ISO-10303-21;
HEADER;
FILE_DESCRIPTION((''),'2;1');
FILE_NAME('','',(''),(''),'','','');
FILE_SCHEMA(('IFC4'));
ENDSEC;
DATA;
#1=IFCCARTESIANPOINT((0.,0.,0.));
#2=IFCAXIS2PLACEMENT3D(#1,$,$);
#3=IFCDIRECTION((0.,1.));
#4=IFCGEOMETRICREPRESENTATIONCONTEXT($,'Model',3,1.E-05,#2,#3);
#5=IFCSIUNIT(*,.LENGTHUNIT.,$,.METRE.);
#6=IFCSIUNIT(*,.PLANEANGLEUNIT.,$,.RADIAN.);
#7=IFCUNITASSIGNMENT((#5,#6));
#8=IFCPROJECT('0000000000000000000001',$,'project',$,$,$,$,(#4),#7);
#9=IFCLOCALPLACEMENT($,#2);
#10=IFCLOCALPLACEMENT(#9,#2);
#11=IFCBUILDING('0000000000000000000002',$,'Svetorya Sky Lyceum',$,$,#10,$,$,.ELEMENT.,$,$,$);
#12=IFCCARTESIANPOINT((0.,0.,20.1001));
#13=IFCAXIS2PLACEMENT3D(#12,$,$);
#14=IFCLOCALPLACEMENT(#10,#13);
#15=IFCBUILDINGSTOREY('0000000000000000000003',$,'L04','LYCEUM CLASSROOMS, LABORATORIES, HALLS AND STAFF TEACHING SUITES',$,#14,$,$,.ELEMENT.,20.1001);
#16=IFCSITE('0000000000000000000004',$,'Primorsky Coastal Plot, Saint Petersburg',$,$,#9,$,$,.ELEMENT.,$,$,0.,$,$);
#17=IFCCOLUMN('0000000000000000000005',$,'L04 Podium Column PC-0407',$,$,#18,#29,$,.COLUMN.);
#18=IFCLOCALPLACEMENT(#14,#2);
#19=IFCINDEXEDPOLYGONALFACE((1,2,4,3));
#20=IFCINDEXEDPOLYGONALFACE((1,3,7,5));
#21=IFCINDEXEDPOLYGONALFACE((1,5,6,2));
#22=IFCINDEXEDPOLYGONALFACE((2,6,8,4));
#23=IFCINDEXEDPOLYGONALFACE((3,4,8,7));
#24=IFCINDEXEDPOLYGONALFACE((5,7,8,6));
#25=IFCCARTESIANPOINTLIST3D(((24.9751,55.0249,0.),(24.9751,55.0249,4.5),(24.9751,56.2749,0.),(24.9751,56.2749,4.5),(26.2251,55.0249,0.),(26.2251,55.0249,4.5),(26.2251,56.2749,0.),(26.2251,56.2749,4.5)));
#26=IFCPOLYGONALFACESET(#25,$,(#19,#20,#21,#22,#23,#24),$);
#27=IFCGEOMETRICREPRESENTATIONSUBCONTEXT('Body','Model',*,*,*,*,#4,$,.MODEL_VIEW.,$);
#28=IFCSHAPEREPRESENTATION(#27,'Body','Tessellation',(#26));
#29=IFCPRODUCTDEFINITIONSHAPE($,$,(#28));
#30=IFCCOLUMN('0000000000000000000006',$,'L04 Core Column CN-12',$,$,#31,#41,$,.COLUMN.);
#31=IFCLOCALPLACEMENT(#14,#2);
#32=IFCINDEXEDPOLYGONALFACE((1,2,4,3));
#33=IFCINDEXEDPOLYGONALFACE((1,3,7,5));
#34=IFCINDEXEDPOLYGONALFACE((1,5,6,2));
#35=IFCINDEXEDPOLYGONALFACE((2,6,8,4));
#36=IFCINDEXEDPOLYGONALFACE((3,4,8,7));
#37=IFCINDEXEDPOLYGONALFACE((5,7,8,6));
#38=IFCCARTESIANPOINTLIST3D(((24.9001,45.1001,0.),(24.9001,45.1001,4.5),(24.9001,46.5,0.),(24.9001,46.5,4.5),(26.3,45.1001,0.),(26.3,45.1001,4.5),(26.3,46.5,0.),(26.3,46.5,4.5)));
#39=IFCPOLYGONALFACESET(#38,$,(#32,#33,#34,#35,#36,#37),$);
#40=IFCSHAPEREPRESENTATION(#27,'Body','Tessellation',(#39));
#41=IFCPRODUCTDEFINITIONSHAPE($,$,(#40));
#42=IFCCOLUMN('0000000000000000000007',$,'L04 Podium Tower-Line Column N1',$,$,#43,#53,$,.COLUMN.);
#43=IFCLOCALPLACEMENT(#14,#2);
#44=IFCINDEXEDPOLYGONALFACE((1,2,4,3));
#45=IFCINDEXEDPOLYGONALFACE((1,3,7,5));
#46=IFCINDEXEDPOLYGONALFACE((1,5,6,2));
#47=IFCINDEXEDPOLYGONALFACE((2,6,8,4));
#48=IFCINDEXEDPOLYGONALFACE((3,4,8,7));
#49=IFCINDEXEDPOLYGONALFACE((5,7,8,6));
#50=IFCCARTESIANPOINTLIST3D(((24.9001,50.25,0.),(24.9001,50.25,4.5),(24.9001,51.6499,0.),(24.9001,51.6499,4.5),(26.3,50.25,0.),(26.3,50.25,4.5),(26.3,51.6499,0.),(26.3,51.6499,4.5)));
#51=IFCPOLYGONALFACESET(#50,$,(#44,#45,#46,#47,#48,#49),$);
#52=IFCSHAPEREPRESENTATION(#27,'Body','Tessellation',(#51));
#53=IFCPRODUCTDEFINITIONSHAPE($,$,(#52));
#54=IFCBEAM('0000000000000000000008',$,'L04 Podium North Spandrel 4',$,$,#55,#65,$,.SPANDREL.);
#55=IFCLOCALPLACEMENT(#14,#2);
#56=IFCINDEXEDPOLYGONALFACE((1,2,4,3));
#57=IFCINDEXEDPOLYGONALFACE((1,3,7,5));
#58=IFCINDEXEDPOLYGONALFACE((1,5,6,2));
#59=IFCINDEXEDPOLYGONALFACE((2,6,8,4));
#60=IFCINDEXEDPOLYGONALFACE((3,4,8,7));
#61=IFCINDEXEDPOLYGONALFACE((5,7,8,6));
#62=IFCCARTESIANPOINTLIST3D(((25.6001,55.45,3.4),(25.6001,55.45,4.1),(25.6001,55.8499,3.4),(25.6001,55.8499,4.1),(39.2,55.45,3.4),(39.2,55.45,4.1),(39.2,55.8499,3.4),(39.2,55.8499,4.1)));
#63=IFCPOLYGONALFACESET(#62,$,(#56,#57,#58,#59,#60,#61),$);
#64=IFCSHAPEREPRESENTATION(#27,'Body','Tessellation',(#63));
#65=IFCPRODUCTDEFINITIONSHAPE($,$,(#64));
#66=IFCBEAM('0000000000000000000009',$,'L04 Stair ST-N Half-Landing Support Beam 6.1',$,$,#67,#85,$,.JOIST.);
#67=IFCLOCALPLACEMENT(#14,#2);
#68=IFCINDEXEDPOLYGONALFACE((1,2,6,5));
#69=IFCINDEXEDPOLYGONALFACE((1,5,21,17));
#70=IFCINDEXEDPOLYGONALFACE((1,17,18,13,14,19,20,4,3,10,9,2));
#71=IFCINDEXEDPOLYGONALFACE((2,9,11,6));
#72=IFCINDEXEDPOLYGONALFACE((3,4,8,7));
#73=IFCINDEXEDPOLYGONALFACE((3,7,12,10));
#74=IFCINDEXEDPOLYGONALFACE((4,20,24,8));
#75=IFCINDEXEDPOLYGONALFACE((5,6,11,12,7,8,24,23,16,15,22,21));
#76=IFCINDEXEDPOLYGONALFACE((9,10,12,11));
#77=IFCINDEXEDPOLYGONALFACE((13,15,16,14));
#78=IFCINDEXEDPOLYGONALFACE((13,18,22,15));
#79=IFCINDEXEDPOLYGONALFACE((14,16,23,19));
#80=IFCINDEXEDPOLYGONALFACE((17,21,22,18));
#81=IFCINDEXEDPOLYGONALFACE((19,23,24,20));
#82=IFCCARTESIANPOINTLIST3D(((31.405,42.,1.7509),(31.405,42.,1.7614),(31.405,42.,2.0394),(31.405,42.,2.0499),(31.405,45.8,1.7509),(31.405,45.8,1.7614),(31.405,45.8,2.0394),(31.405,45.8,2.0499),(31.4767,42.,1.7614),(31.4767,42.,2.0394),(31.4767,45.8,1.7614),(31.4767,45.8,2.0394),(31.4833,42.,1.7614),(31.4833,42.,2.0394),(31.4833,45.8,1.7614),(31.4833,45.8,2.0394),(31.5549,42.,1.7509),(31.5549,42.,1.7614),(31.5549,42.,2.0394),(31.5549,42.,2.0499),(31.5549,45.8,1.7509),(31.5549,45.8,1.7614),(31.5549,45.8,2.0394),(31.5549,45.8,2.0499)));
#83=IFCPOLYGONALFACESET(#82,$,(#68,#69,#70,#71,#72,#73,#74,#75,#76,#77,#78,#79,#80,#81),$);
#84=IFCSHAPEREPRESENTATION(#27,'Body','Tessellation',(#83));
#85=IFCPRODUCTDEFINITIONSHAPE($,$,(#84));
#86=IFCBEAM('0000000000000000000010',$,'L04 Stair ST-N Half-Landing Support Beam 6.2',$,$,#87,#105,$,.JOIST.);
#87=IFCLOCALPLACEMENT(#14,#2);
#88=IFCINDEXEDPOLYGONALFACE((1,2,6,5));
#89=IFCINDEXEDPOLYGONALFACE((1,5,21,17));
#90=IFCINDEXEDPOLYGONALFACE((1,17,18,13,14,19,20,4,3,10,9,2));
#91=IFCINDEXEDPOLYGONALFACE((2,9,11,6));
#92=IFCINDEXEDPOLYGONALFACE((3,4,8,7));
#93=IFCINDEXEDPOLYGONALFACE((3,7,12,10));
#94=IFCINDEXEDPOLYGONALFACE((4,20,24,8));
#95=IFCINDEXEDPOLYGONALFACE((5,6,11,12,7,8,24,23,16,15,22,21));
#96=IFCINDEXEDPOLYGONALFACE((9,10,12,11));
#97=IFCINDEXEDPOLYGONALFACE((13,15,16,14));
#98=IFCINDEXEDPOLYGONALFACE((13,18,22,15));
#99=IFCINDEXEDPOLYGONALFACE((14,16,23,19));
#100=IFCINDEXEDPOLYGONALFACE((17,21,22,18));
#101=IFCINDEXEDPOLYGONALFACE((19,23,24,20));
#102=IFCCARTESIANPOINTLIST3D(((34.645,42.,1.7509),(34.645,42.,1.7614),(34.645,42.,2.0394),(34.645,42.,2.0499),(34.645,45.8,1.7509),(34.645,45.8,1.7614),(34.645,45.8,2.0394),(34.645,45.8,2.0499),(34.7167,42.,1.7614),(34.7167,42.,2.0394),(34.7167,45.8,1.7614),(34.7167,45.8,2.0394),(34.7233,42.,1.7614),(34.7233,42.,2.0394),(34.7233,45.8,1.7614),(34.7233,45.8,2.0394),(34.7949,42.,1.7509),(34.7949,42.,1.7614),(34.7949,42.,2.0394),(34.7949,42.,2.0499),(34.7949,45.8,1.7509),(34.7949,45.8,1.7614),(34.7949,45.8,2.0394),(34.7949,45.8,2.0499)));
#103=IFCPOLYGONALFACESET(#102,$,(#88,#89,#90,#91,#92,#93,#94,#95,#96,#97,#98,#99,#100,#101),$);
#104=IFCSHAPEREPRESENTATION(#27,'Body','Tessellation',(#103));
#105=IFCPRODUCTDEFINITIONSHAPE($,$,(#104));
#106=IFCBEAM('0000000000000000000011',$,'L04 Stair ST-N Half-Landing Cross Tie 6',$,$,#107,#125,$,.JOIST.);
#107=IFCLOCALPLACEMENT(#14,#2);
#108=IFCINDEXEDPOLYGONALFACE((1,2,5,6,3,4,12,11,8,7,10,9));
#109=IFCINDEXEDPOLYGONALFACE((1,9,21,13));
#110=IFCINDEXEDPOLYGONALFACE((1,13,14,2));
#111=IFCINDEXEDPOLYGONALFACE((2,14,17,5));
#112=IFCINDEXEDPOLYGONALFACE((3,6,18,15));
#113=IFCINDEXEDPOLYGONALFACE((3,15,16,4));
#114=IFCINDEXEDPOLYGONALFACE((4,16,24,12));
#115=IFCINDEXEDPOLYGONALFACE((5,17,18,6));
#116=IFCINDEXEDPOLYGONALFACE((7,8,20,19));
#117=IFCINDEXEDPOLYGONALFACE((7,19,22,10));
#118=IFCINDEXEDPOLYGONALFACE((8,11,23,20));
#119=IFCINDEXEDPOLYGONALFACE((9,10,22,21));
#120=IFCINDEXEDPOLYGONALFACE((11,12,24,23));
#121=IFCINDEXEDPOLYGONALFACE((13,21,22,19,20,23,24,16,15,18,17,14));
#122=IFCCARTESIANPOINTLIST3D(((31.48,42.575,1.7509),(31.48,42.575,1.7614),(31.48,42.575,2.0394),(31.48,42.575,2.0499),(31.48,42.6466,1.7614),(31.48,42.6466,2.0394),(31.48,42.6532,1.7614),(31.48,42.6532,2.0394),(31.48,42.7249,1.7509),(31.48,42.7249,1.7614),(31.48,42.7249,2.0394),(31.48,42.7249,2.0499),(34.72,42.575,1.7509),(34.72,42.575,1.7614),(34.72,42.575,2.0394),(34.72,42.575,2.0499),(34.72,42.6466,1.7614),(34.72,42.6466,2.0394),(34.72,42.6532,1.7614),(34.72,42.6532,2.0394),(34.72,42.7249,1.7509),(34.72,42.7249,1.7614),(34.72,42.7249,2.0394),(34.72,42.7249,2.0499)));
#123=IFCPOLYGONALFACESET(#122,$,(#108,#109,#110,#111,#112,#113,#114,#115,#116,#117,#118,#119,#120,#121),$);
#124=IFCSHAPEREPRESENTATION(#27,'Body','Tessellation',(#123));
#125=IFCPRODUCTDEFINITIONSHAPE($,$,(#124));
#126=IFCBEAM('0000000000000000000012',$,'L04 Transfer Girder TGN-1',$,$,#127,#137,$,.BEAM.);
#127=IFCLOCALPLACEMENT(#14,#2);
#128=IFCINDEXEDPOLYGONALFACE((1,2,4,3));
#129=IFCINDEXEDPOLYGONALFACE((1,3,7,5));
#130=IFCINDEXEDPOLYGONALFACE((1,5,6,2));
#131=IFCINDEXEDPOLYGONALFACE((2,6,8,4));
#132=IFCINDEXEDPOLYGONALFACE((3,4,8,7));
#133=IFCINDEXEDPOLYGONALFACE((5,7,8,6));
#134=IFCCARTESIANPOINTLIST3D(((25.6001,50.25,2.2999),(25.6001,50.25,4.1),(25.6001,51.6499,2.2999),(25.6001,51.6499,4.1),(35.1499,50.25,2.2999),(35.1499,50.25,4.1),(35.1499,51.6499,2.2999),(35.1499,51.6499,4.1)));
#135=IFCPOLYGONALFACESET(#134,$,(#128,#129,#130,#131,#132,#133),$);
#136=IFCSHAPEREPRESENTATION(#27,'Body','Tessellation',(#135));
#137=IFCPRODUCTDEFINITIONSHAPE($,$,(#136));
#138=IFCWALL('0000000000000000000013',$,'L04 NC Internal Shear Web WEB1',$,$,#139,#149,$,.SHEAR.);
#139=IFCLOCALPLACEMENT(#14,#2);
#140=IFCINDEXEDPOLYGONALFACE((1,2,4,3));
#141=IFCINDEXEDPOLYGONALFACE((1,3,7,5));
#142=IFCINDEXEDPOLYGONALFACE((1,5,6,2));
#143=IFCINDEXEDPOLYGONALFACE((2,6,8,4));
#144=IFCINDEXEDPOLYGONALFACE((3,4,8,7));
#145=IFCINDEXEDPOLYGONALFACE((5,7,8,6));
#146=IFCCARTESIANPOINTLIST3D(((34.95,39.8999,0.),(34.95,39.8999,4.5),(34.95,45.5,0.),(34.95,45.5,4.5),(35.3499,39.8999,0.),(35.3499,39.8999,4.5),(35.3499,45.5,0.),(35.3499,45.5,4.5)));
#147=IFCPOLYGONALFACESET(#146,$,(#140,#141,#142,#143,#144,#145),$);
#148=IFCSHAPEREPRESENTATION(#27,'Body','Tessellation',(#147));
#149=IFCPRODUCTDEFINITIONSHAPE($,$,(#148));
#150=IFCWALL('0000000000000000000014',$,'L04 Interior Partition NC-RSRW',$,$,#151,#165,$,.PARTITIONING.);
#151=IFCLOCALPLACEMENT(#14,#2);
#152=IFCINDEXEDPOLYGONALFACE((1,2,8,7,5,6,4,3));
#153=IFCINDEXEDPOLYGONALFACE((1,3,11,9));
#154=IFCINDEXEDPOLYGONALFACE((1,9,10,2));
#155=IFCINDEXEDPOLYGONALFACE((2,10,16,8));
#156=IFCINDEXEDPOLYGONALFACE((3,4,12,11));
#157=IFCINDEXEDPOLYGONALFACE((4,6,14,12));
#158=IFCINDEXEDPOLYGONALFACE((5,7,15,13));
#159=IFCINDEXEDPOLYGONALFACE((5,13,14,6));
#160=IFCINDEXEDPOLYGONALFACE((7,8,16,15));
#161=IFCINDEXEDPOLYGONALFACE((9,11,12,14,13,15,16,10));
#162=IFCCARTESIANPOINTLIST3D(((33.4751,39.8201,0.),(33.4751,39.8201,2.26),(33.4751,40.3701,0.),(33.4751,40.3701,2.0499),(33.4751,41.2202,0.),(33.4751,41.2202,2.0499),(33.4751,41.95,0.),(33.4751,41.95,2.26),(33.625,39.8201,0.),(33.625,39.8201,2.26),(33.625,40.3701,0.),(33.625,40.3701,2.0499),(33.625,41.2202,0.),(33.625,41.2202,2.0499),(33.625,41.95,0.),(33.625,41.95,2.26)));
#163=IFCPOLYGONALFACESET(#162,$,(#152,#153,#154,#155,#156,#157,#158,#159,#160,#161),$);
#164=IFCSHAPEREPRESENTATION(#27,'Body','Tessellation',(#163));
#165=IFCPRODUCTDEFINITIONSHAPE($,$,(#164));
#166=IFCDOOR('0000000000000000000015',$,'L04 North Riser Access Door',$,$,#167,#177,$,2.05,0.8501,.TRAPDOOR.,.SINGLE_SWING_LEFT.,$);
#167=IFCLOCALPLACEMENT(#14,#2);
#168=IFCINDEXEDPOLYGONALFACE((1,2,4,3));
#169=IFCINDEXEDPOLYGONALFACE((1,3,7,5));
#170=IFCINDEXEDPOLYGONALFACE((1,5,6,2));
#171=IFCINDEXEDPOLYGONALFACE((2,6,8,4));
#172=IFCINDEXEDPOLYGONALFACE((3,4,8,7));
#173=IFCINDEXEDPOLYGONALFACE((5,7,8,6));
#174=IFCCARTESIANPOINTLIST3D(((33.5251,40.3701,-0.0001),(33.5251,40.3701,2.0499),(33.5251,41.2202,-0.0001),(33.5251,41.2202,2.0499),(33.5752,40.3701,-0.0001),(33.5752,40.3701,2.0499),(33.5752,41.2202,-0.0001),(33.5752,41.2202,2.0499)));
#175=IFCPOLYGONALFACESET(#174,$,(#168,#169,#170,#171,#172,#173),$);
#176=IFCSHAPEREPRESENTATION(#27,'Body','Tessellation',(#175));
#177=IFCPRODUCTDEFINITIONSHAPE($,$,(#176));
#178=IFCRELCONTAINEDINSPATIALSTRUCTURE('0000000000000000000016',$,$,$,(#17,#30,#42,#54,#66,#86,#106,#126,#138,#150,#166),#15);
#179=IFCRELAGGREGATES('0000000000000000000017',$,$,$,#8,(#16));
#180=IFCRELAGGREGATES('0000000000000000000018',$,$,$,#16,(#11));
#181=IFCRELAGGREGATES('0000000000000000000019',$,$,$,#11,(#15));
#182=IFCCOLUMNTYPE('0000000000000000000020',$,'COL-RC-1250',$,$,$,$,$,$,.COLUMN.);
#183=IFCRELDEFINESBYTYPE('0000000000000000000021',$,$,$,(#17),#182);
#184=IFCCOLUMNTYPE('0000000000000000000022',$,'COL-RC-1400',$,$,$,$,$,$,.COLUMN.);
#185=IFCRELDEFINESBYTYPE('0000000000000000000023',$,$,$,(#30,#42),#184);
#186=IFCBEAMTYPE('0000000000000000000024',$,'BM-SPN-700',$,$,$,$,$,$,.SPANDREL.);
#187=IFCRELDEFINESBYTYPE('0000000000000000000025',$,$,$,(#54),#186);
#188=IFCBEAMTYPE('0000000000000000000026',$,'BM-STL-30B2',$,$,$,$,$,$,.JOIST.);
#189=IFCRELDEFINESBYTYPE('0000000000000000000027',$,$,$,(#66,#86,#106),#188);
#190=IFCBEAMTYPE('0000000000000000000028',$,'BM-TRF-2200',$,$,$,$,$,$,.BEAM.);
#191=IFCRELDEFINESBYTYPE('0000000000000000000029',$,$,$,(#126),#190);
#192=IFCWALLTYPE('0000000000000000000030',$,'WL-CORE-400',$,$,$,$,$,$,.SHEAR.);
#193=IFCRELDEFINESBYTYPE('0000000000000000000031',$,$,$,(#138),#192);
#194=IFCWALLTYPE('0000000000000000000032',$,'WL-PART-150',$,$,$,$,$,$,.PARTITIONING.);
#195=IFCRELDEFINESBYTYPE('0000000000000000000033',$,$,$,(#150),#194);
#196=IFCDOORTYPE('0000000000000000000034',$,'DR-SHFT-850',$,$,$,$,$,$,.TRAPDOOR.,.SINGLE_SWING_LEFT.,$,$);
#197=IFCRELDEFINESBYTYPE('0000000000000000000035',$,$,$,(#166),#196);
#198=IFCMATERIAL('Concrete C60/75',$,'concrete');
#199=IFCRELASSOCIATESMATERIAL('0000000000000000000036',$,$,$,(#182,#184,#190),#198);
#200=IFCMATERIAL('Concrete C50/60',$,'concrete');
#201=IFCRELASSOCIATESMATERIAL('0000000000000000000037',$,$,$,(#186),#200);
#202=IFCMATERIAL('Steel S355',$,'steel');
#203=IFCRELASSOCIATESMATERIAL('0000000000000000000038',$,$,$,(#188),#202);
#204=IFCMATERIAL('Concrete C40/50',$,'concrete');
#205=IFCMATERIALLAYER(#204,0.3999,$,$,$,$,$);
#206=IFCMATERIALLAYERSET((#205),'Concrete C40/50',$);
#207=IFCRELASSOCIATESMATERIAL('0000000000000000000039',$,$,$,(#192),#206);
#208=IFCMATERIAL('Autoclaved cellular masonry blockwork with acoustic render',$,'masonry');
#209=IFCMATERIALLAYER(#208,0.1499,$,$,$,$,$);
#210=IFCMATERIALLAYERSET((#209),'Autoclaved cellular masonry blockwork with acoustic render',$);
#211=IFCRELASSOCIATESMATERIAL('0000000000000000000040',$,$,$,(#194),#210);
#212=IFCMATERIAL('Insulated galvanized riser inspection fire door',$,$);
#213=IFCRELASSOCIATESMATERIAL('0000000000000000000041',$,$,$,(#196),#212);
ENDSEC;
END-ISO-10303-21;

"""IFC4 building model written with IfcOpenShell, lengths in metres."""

from ifc_helpers import new_model, si_unit, direction, frame, frame_2d, origin, origin_2d, place, context, subcontext, project, spatial, rectangle, i_section, extrude, material, layer, layer_set, material_profile, profile_set, type_object, element, fill, save


model = new_model("IFC4")

# Units and contexts
model_context = context("Model", 3, precision=1e-05, world=origin(), true_north=direction((0.0, 1.0)))
body_context = subcontext(model_context, "Body", "Model", "MODEL_VIEW")
ifc_project = project(units=[si_unit("LENGTHUNIT", "METRE"), si_unit("PLANEANGLEUNIT", "RADIAN")], contexts=[model_context])

# Site, building, storey
site_placement = place(None, origin())
site = spatial("IfcSite", under=ifc_project, at=site_placement, Name="Primorsky Coastal Plot, Saint Petersburg", CompositionType="ELEMENT", RefElevation=0.0)
building_placement = place(site_placement, origin())
building = spatial("IfcBuilding", under=site, at=building_placement, Name="Svetorya Sky Lyceum", CompositionType="ELEMENT")
storey_placement = place(building_placement, frame((0.0, 0.0, 20.1001)))
storey = spatial("IfcBuildingStorey", under=building, at=storey_placement, Name="L04", Description="LYCEUM CLASSROOMS, LABORATORIES, HALLS AND STAFF TEACHING SUITES", CompositionType="ELEMENT", Elevation=20.1001)

# Columns
ifc_material_1 = material(Name="Concrete C60/75", Category="concrete")
ifc_material_profile_1 = material_profile(ifc_material_1, rectangle(XDim=1.25, YDim=1.25, at=origin_2d()), Name="RC COL 1250x1250")
ifc_profile_set_1 = profile_set([ifc_material_profile_1], Name="Concrete C60/75")
column_type_1 = type_object("IfcColumnType", Name="COL-RC-1250", PredefinedType="COLUMN", material=ifc_profile_set_1)
column_placement = place(storey_placement, frame((25.6001, 55.6499, 0.0), z_axis=(0.0, 0.0, 1.0), x_axis=(1.0, 0.0, 0.0)))
element("IfcColumn", 1, at=column_placement, inside=storey, type_object=column_type_1, Name="L04 Podium Column PC-0407", PredefinedType="COLUMN", context=body_context, shape_type="SweptSolid", body=[
    extrude(rectangle(XDim=1.25, YDim=1.25, at=origin_2d()), origin(), (0.0, 0.0, 1.0), 4.5),
])
ifc_material_profile_2 = material_profile(ifc_material_1, rectangle(XDim=1.3999, YDim=1.3999, at=origin_2d()), Name="RC COL 1400x1400")
ifc_profile_set_2 = profile_set([ifc_material_profile_2], Name="Concrete C60/75")
column_type_2 = type_object("IfcColumnType", Name="COL-RC-1400", PredefinedType="COLUMN", material=ifc_profile_set_2)
for number, where, z_axis, x_axis, name in (
    (2, (25.6001, 45.8, 0.0), (0.0, 0.0, 1.0), (1.0, 0.0, 0.0), "L04 Core Column CN-12"),
    (3, (25.6001, 50.95, 0.0), (0.0, 0.0, 1.0), (1.0, 0.0, 0.0), "L04 Podium Tower-Line Column N1"),
):
    element("IfcColumn", number, at=place(storey_placement, frame(where, z_axis=z_axis, x_axis=x_axis)), inside=storey, type_object=column_type_2, Name=name, PredefinedType="COLUMN", context=body_context, shape_type="SweptSolid", body=[
        extrude(rectangle(XDim=1.3999, YDim=1.3999, at=origin_2d()), origin(), (0.0, 0.0, 1.0), 4.5),
    ])

# Beams
ifc_material_2 = material(Name="Concrete C50/60", Category="concrete")
ifc_material_profile_3 = material_profile(ifc_material_2, rectangle(XDim=0.3999, YDim=0.7, at=origin_2d()), Name="RC SPANDREL 400x700")
ifc_profile_set_3 = profile_set([ifc_material_profile_3], Name="Concrete C50/60")
beam_type_1 = type_object("IfcBeamType", Name="BM-SPN-700", PredefinedType="SPANDREL", material=ifc_profile_set_3)
beam_1_placement = place(storey_placement, frame((25.6001, 55.6499, 3.75), z_axis=(1.0, 0.0, 0.0), x_axis=(0.0, 1.0, 0.0)))
element("IfcBeam", 4, at=beam_1_placement, inside=storey, type_object=beam_type_1, Name="L04 Podium North Spandrel 4", PredefinedType="SPANDREL", context=body_context, shape_type="SweptSolid", body=[
    extrude(rectangle(XDim=0.3999, YDim=0.7, at=origin_2d()), origin(), (0.0, 0.0, 1.0), 13.5999),
])
ifc_material_3 = material(Name="Steel S355", Category="steel")
ifc_material_profile_4 = material_profile(ifc_material_3, i_section(OverallWidth=0.1499, OverallDepth=0.2991, WebThickness=0.0066, FlangeThickness=0.0105, at=origin_2d()), Name="GOST 30B2")
ifc_profile_set_4 = profile_set([ifc_material_profile_4], Name="Steel S355")
beam_type_2 = type_object("IfcBeamType", Name="BM-STL-30B2", PredefinedType="JOIST", material=ifc_profile_set_4)
for number, where, z_axis, x_axis, name in (
    (5, (31.48, 42.0, 1.9004), (0.0, 1.0, 0.0), (-1.0, 0.0, 0.0), "L04 Stair ST-N Half-Landing Support Beam 6.1"),
    (6, (34.72, 42.0, 1.9004), (0.0, 1.0, 0.0), (-1.0, 0.0, 0.0), "L04 Stair ST-N Half-Landing Support Beam 6.2"),
):
    element("IfcBeam", number, at=place(storey_placement, frame(where, z_axis=z_axis, x_axis=x_axis)), inside=storey, type_object=beam_type_2, Name=name, PredefinedType="JOIST", context=body_context, shape_type="SweptSolid", body=[
        extrude(i_section(OverallWidth=0.1499, OverallDepth=0.2991, WebThickness=0.0066, FlangeThickness=0.0105, at=origin_2d()), origin(), (0.0, 0.0, 1.0), 3.8),
    ])
beam_2_placement = place(storey_placement, frame((31.48, 42.6499, 1.9004), z_axis=(1.0, 0.0, 0.0), x_axis=(0.0, 1.0, 0.0)))
element("IfcBeam", 7, at=beam_2_placement, inside=storey, type_object=beam_type_2, Name="L04 Stair ST-N Half-Landing Cross Tie 6", PredefinedType="JOIST", context=body_context, shape_type="SweptSolid", body=[
    extrude(i_section(OverallWidth=0.1499, OverallDepth=0.2991, WebThickness=0.0066, FlangeThickness=0.0105, at=origin_2d()), origin(), (0.0, 0.0, 1.0), 3.24),
])
ifc_material_profile_5 = material_profile(ifc_material_1, rectangle(XDim=1.3999, YDim=1.8, at=origin_2d()), Name="RC TRANSFER 1400x1800")
ifc_profile_set_5 = profile_set([ifc_material_profile_5], Name="Concrete C60/75")
beam_type_3 = type_object("IfcBeamType", Name="BM-TRF-2200", PredefinedType="BEAM", material=ifc_profile_set_5)
beam_3_placement = place(storey_placement, frame((25.6001, 50.95, 3.2), z_axis=(1.0, 0.0, 0.0), x_axis=(0.0, 1.0, 0.0)))
element("IfcBeam", 8, at=beam_3_placement, inside=storey, type_object=beam_type_3, Name="L04 Transfer Girder TGN-1", PredefinedType="BEAM", context=body_context, shape_type="SweptSolid", body=[
    extrude(rectangle(XDim=1.3999, YDim=1.8, at=origin_2d()), origin(), (0.0, 0.0, 1.0), 9.5498),
])

# Wall
ifc_material_4 = material(Name="Concrete C40/50", Category="concrete")
ifc_layer_1 = layer(ifc_material_4, 0.3999)
ifc_layer_set_1 = layer_set([ifc_layer_1], Name="Concrete C40/50")
wall_type_1 = type_object("IfcWallType", Name="WL-CORE-400", PredefinedType="SHEAR", material=ifc_layer_set_1)
wall_1_placement = place(storey_placement, frame((35.1499, 39.8999, 0.0), z_axis=(0.0, 0.0, 1.0), x_axis=(0.0, 1.0, 0.0)))
element("IfcWall", 9, at=wall_1_placement, inside=storey, type_object=wall_type_1, Name="L04 NC Internal Shear Web WEB1", PredefinedType="SHEAR", context=body_context, shape_type="SweptSolid", body=[
    extrude(rectangle(XDim=5.6001, YDim=0.3999, at=frame_2d((2.8, 0.0))), origin(), (0.0, 0.0, 1.0), 4.5),
])

# Wall, opening, door
ifc_material_5 = material(Name="Autoclaved cellular masonry blockwork with acoustic render", Category="masonry")
ifc_layer_2 = layer(ifc_material_5, 0.1499)
ifc_layer_set_2 = layer_set([ifc_layer_2], Name="Autoclaved cellular masonry blockwork with acoustic render")
wall_type_2 = type_object("IfcWallType", Name="WL-PART-150", PredefinedType="PARTITIONING", material=ifc_layer_set_2)
wall_2_placement = place(storey_placement, frame((33.55, 39.8201, 0.0), z_axis=(0.0, 0.0, 1.0), x_axis=(0.0, 1.0, 0.0)))
wall_2 = element("IfcWall", 10, at=wall_2_placement, inside=storey, type_object=wall_type_2, Name="L04 Interior Partition NC-RSRW", PredefinedType="PARTITIONING", context=body_context, shape_type="SweptSolid", body=[
    extrude(rectangle(XDim=2.1299, YDim=0.1499, at=frame_2d((1.0649, 0.0))), origin(), (0.0, 0.0, 1.0), 2.26),
])
opening_placement = place(wall_2_placement, frame((0.55, 0.0, 0.0)))
opening = element("IfcOpeningElement", 11, at=opening_placement, cuts=wall_2, PredefinedType="OPENING", context=body_context, shape_type="SweptSolid", body=[
    extrude(rectangle(XDim=0.8501, YDim=2.05, at=frame_2d((0.425, 1.0249))), frame((0.0, 0.085, 0.0), z_axis=(0.0, -1.0, 0.0), x_axis=(1.0, 0.0, 0.0)), (0.0, 0.0, 1.0), 0.1699),
])
ifc_material_6 = material(Name="Insulated galvanized riser inspection fire door")
door_type = type_object("IfcDoorType", Name="DR-SHFT-850", OperationType="SINGLE_SWING_LEFT", PredefinedType="TRAPDOOR", material=ifc_material_6)
door_placement = place(opening_placement, origin())
door = element("IfcDoor", 12, at=door_placement, inside=storey, type_object=door_type, Name="L04 North Riser Access Door", OperationType="SINGLE_SWING_LEFT", OverallHeight=2.05, OverallWidth=0.8501, PredefinedType="TRAPDOOR", context=body_context, shape_type="SweptSolid", body=[
    extrude(rectangle(XDim=0.8501, YDim=2.05, at=frame_2d((0.425, 1.0249))), frame((0.0, 0.0249, 0.0), z_axis=(0.0, -1.0, 0.0), x_axis=(1.0, 0.0, 0.0)), (0.0, 0.0, 1.0), 0.05),
])
fill(opening, door)

save(model, "model.ifc")
